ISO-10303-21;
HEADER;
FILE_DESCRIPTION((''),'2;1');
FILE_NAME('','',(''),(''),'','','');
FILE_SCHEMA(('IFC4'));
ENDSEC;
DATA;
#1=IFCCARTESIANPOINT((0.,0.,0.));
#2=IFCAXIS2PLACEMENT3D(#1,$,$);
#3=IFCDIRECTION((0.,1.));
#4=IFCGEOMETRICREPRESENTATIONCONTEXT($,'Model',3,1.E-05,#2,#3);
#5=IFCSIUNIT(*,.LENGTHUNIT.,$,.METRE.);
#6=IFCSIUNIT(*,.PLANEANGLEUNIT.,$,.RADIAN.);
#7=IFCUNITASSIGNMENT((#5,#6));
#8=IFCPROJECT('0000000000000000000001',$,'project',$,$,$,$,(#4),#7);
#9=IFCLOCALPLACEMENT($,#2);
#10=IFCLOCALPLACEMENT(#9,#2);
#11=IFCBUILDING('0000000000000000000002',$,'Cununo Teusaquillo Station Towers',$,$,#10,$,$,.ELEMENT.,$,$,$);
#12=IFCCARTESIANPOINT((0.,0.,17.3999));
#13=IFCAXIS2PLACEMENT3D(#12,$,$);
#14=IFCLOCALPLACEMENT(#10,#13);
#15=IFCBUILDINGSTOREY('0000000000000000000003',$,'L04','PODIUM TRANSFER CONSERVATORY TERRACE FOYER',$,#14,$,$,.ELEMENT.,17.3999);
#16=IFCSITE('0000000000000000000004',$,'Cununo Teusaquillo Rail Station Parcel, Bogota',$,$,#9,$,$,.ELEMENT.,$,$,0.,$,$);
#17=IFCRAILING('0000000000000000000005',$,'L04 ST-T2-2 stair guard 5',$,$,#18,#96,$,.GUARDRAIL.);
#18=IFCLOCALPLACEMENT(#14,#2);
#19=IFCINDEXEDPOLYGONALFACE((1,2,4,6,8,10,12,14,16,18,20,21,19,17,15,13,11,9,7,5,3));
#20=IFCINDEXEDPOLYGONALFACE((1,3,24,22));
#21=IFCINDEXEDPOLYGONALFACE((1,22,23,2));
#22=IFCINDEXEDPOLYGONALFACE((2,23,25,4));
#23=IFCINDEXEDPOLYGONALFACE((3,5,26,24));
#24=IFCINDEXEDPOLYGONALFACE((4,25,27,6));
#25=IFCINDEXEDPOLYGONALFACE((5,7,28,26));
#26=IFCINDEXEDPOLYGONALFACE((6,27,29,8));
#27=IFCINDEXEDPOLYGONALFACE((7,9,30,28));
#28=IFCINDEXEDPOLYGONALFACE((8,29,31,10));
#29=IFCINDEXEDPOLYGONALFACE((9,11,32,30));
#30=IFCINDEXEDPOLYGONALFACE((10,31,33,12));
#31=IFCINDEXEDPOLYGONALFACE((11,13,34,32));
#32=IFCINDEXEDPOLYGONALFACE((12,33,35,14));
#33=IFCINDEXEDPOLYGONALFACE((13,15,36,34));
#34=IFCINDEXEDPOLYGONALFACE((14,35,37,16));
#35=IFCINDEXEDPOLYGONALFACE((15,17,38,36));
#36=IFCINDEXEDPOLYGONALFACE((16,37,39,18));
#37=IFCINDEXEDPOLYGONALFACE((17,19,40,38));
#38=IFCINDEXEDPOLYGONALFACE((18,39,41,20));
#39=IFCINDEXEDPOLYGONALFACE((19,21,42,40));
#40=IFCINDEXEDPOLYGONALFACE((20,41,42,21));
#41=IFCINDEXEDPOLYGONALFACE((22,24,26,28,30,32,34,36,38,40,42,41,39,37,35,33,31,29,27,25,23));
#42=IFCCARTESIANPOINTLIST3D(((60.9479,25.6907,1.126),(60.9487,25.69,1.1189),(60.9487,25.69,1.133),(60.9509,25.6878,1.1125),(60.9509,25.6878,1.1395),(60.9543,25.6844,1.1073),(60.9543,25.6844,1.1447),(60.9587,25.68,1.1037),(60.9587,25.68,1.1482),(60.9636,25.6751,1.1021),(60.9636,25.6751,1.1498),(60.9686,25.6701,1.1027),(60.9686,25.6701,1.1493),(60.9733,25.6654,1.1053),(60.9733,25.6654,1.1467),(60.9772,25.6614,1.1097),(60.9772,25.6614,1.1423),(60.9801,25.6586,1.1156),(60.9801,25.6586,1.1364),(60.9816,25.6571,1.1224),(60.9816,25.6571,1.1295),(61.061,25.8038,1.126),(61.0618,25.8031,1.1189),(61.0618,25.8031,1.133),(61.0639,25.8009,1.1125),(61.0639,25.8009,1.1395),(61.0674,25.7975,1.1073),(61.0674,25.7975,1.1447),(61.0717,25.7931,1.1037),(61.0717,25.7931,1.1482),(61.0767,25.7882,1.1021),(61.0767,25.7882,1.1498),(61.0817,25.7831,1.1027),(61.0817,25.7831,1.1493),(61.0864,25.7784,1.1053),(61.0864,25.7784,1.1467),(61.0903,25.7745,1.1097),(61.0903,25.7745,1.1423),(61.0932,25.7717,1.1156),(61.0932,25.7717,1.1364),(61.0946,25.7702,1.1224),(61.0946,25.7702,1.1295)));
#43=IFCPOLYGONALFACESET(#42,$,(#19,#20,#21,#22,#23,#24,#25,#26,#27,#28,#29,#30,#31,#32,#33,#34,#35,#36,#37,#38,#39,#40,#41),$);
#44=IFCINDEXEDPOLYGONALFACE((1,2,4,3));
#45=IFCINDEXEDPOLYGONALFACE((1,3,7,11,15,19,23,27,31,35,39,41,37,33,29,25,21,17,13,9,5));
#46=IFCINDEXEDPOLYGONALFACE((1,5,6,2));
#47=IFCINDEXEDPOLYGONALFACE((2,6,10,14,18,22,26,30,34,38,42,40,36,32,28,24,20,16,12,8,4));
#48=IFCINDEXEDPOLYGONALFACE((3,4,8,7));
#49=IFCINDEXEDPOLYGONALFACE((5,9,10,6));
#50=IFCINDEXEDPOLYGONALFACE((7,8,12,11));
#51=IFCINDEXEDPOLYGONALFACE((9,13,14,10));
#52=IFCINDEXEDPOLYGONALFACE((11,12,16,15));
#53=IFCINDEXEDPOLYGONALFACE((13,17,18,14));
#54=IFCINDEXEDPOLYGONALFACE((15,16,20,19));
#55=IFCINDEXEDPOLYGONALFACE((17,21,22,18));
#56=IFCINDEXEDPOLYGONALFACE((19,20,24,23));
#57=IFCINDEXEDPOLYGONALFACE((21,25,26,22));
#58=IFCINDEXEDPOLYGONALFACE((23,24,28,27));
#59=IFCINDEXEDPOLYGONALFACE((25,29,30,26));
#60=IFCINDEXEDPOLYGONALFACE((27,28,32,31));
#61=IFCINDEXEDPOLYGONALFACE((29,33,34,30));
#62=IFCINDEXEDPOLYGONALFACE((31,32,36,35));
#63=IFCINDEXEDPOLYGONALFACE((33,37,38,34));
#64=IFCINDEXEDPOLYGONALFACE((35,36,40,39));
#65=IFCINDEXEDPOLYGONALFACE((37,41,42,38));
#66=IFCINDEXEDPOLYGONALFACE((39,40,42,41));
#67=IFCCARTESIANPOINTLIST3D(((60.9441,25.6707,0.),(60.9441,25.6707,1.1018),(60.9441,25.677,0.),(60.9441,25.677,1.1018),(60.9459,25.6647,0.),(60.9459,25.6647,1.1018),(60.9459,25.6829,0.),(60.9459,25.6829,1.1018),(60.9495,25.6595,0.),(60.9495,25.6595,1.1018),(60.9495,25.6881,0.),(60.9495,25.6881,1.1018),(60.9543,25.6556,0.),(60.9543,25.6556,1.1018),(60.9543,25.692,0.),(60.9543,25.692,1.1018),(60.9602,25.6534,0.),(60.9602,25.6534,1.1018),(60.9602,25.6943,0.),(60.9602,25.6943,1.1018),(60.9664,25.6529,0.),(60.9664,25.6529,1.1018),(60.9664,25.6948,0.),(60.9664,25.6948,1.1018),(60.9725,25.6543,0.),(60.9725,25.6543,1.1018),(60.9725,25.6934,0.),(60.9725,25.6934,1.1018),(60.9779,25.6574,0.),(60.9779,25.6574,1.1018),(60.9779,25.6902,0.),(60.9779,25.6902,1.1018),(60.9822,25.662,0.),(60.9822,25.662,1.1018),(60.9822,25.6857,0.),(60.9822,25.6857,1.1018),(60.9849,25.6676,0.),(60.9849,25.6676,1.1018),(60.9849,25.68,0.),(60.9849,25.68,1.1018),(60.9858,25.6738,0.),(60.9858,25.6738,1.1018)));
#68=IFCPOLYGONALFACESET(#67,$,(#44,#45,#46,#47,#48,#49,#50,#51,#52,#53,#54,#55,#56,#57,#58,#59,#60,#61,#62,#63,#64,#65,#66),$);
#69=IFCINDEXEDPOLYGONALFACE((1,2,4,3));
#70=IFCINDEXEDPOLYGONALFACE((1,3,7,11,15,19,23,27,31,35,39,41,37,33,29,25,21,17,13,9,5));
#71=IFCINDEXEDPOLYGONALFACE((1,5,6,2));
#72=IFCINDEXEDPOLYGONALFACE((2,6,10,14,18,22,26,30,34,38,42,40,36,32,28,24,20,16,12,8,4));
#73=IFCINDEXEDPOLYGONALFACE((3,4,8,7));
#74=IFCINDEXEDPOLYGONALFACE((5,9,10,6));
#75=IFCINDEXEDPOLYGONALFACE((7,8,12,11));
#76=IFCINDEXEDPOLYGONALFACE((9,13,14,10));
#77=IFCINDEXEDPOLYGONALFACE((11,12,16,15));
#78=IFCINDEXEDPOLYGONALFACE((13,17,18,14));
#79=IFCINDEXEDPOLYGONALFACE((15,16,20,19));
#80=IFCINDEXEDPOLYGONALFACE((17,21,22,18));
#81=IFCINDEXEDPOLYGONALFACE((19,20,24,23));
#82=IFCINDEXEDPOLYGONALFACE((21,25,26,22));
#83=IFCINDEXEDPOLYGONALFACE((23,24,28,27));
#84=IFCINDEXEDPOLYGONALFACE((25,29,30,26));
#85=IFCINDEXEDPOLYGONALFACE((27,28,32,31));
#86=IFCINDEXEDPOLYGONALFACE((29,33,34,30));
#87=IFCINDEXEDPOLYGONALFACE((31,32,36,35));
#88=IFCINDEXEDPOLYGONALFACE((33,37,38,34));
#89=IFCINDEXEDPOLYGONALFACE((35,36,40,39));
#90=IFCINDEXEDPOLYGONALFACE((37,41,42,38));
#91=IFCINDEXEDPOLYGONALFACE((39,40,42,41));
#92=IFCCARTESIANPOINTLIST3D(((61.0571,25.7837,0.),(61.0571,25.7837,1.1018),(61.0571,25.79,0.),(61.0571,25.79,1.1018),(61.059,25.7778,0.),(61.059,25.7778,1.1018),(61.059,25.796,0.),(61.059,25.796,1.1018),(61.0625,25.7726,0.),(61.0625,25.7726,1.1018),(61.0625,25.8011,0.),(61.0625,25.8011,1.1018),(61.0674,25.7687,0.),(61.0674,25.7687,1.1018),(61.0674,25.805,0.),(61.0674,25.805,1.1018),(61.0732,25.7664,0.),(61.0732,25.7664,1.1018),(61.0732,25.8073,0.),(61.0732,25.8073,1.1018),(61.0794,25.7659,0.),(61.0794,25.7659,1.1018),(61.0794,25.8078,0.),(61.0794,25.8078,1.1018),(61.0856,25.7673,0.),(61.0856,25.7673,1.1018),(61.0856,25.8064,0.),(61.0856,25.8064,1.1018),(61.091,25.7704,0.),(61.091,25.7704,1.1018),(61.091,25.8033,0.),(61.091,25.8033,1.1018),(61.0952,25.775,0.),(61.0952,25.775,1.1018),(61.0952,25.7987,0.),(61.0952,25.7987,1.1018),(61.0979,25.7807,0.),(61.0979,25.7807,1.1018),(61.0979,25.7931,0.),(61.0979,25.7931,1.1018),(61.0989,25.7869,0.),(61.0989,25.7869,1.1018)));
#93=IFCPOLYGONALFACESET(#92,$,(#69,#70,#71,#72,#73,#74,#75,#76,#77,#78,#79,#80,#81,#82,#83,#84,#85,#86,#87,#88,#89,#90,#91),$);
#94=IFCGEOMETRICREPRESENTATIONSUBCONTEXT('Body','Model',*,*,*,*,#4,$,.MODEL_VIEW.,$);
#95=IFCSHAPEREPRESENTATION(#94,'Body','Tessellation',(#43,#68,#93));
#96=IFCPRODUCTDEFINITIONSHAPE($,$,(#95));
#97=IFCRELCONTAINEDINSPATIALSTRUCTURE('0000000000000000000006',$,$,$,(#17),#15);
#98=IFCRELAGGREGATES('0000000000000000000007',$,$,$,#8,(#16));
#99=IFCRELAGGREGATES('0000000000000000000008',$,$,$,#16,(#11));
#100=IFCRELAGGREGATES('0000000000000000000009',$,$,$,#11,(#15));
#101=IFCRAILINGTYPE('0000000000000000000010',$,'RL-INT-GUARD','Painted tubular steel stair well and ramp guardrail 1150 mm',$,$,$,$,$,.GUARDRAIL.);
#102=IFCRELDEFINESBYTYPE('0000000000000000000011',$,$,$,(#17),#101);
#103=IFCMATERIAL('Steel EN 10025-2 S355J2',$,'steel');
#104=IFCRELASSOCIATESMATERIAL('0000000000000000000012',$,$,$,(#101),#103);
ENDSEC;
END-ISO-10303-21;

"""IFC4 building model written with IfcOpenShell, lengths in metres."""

from ifc_helpers import new_model, si_unit, direction, frame, origin, origin_2d, place, context, subcontext, project, spatial, circle, extrude, material, type_object, element, save


model = new_model("IFC4")

# Units and contexts
model_context = context("Model", 3, precision=1e-05, world=origin(), true_north=direction((0.0, 1.0)))
body_context = subcontext(model_context, "Body", "Model", "MODEL_VIEW")
ifc_project = project(units=[si_unit("LENGTHUNIT", "METRE"), si_unit("PLANEANGLEUNIT", "RADIAN")], contexts=[model_context])

# Site, building, storey
site_placement = place(None, origin())
site = spatial("IfcSite", under=ifc_project, at=site_placement, Name="Cununo Teusaquillo Rail Station Parcel, Bogota", CompositionType="ELEMENT", RefElevation=0.0)
building_placement = place(site_placement, origin())
building = spatial("IfcBuilding", under=site, at=building_placement, Name="Cununo Teusaquillo Station Towers", CompositionType="ELEMENT")
storey_placement = place(building_placement, frame((0.0, 0.0, 17.3999)))
storey = spatial("IfcBuildingStorey", under=building, at=storey_placement, Name="L04", Description="PODIUM TRANSFER CONSERVATORY TERRACE FOYER", CompositionType="ELEMENT", Elevation=17.3999)

# Railing
ifc_material_1 = material(Name="Steel EN 10025-2 S355J2", Category="steel")
railing_type_1 = type_object("IfcRailingType", Name="RL-INT-GUARD", Description="Painted tubular steel stair well and ramp guardrail 1150 mm", PredefinedType="GUARDRAIL", material=ifc_material_1)
railing_1_placement = place(storey_placement, frame((60.9648, 25.6738, 0.0)))
element("IfcRailing", 1, at=railing_1_placement, inside=storey, type_object=railing_type_1, Name="L04 ST-T2-2 stair guard 5", PredefinedType="GUARDRAIL", context=body_context, shape_type="SweptSolid", body=[
    extrude(circle(Radius=0.0239, at=origin_2d()), frame((0.0, 0.0, 1.126), z_axis=(0.707107, 0.707107, 0.0), x_axis=(-0.707107, 0.707107, 0.0)), (0.0, 0.0, 1.0), 0.1599),
    extrude(circle(Radius=0.021, at=origin_2d()), origin(), (0.0, 0.0, 1.0), 1.1018),
    extrude(circle(Radius=0.021, at=origin_2d()), frame((0.113, 0.113, 0.0)), (0.0, 0.0, 1.0), 1.1018),
])

save(model, "model.ifc")
